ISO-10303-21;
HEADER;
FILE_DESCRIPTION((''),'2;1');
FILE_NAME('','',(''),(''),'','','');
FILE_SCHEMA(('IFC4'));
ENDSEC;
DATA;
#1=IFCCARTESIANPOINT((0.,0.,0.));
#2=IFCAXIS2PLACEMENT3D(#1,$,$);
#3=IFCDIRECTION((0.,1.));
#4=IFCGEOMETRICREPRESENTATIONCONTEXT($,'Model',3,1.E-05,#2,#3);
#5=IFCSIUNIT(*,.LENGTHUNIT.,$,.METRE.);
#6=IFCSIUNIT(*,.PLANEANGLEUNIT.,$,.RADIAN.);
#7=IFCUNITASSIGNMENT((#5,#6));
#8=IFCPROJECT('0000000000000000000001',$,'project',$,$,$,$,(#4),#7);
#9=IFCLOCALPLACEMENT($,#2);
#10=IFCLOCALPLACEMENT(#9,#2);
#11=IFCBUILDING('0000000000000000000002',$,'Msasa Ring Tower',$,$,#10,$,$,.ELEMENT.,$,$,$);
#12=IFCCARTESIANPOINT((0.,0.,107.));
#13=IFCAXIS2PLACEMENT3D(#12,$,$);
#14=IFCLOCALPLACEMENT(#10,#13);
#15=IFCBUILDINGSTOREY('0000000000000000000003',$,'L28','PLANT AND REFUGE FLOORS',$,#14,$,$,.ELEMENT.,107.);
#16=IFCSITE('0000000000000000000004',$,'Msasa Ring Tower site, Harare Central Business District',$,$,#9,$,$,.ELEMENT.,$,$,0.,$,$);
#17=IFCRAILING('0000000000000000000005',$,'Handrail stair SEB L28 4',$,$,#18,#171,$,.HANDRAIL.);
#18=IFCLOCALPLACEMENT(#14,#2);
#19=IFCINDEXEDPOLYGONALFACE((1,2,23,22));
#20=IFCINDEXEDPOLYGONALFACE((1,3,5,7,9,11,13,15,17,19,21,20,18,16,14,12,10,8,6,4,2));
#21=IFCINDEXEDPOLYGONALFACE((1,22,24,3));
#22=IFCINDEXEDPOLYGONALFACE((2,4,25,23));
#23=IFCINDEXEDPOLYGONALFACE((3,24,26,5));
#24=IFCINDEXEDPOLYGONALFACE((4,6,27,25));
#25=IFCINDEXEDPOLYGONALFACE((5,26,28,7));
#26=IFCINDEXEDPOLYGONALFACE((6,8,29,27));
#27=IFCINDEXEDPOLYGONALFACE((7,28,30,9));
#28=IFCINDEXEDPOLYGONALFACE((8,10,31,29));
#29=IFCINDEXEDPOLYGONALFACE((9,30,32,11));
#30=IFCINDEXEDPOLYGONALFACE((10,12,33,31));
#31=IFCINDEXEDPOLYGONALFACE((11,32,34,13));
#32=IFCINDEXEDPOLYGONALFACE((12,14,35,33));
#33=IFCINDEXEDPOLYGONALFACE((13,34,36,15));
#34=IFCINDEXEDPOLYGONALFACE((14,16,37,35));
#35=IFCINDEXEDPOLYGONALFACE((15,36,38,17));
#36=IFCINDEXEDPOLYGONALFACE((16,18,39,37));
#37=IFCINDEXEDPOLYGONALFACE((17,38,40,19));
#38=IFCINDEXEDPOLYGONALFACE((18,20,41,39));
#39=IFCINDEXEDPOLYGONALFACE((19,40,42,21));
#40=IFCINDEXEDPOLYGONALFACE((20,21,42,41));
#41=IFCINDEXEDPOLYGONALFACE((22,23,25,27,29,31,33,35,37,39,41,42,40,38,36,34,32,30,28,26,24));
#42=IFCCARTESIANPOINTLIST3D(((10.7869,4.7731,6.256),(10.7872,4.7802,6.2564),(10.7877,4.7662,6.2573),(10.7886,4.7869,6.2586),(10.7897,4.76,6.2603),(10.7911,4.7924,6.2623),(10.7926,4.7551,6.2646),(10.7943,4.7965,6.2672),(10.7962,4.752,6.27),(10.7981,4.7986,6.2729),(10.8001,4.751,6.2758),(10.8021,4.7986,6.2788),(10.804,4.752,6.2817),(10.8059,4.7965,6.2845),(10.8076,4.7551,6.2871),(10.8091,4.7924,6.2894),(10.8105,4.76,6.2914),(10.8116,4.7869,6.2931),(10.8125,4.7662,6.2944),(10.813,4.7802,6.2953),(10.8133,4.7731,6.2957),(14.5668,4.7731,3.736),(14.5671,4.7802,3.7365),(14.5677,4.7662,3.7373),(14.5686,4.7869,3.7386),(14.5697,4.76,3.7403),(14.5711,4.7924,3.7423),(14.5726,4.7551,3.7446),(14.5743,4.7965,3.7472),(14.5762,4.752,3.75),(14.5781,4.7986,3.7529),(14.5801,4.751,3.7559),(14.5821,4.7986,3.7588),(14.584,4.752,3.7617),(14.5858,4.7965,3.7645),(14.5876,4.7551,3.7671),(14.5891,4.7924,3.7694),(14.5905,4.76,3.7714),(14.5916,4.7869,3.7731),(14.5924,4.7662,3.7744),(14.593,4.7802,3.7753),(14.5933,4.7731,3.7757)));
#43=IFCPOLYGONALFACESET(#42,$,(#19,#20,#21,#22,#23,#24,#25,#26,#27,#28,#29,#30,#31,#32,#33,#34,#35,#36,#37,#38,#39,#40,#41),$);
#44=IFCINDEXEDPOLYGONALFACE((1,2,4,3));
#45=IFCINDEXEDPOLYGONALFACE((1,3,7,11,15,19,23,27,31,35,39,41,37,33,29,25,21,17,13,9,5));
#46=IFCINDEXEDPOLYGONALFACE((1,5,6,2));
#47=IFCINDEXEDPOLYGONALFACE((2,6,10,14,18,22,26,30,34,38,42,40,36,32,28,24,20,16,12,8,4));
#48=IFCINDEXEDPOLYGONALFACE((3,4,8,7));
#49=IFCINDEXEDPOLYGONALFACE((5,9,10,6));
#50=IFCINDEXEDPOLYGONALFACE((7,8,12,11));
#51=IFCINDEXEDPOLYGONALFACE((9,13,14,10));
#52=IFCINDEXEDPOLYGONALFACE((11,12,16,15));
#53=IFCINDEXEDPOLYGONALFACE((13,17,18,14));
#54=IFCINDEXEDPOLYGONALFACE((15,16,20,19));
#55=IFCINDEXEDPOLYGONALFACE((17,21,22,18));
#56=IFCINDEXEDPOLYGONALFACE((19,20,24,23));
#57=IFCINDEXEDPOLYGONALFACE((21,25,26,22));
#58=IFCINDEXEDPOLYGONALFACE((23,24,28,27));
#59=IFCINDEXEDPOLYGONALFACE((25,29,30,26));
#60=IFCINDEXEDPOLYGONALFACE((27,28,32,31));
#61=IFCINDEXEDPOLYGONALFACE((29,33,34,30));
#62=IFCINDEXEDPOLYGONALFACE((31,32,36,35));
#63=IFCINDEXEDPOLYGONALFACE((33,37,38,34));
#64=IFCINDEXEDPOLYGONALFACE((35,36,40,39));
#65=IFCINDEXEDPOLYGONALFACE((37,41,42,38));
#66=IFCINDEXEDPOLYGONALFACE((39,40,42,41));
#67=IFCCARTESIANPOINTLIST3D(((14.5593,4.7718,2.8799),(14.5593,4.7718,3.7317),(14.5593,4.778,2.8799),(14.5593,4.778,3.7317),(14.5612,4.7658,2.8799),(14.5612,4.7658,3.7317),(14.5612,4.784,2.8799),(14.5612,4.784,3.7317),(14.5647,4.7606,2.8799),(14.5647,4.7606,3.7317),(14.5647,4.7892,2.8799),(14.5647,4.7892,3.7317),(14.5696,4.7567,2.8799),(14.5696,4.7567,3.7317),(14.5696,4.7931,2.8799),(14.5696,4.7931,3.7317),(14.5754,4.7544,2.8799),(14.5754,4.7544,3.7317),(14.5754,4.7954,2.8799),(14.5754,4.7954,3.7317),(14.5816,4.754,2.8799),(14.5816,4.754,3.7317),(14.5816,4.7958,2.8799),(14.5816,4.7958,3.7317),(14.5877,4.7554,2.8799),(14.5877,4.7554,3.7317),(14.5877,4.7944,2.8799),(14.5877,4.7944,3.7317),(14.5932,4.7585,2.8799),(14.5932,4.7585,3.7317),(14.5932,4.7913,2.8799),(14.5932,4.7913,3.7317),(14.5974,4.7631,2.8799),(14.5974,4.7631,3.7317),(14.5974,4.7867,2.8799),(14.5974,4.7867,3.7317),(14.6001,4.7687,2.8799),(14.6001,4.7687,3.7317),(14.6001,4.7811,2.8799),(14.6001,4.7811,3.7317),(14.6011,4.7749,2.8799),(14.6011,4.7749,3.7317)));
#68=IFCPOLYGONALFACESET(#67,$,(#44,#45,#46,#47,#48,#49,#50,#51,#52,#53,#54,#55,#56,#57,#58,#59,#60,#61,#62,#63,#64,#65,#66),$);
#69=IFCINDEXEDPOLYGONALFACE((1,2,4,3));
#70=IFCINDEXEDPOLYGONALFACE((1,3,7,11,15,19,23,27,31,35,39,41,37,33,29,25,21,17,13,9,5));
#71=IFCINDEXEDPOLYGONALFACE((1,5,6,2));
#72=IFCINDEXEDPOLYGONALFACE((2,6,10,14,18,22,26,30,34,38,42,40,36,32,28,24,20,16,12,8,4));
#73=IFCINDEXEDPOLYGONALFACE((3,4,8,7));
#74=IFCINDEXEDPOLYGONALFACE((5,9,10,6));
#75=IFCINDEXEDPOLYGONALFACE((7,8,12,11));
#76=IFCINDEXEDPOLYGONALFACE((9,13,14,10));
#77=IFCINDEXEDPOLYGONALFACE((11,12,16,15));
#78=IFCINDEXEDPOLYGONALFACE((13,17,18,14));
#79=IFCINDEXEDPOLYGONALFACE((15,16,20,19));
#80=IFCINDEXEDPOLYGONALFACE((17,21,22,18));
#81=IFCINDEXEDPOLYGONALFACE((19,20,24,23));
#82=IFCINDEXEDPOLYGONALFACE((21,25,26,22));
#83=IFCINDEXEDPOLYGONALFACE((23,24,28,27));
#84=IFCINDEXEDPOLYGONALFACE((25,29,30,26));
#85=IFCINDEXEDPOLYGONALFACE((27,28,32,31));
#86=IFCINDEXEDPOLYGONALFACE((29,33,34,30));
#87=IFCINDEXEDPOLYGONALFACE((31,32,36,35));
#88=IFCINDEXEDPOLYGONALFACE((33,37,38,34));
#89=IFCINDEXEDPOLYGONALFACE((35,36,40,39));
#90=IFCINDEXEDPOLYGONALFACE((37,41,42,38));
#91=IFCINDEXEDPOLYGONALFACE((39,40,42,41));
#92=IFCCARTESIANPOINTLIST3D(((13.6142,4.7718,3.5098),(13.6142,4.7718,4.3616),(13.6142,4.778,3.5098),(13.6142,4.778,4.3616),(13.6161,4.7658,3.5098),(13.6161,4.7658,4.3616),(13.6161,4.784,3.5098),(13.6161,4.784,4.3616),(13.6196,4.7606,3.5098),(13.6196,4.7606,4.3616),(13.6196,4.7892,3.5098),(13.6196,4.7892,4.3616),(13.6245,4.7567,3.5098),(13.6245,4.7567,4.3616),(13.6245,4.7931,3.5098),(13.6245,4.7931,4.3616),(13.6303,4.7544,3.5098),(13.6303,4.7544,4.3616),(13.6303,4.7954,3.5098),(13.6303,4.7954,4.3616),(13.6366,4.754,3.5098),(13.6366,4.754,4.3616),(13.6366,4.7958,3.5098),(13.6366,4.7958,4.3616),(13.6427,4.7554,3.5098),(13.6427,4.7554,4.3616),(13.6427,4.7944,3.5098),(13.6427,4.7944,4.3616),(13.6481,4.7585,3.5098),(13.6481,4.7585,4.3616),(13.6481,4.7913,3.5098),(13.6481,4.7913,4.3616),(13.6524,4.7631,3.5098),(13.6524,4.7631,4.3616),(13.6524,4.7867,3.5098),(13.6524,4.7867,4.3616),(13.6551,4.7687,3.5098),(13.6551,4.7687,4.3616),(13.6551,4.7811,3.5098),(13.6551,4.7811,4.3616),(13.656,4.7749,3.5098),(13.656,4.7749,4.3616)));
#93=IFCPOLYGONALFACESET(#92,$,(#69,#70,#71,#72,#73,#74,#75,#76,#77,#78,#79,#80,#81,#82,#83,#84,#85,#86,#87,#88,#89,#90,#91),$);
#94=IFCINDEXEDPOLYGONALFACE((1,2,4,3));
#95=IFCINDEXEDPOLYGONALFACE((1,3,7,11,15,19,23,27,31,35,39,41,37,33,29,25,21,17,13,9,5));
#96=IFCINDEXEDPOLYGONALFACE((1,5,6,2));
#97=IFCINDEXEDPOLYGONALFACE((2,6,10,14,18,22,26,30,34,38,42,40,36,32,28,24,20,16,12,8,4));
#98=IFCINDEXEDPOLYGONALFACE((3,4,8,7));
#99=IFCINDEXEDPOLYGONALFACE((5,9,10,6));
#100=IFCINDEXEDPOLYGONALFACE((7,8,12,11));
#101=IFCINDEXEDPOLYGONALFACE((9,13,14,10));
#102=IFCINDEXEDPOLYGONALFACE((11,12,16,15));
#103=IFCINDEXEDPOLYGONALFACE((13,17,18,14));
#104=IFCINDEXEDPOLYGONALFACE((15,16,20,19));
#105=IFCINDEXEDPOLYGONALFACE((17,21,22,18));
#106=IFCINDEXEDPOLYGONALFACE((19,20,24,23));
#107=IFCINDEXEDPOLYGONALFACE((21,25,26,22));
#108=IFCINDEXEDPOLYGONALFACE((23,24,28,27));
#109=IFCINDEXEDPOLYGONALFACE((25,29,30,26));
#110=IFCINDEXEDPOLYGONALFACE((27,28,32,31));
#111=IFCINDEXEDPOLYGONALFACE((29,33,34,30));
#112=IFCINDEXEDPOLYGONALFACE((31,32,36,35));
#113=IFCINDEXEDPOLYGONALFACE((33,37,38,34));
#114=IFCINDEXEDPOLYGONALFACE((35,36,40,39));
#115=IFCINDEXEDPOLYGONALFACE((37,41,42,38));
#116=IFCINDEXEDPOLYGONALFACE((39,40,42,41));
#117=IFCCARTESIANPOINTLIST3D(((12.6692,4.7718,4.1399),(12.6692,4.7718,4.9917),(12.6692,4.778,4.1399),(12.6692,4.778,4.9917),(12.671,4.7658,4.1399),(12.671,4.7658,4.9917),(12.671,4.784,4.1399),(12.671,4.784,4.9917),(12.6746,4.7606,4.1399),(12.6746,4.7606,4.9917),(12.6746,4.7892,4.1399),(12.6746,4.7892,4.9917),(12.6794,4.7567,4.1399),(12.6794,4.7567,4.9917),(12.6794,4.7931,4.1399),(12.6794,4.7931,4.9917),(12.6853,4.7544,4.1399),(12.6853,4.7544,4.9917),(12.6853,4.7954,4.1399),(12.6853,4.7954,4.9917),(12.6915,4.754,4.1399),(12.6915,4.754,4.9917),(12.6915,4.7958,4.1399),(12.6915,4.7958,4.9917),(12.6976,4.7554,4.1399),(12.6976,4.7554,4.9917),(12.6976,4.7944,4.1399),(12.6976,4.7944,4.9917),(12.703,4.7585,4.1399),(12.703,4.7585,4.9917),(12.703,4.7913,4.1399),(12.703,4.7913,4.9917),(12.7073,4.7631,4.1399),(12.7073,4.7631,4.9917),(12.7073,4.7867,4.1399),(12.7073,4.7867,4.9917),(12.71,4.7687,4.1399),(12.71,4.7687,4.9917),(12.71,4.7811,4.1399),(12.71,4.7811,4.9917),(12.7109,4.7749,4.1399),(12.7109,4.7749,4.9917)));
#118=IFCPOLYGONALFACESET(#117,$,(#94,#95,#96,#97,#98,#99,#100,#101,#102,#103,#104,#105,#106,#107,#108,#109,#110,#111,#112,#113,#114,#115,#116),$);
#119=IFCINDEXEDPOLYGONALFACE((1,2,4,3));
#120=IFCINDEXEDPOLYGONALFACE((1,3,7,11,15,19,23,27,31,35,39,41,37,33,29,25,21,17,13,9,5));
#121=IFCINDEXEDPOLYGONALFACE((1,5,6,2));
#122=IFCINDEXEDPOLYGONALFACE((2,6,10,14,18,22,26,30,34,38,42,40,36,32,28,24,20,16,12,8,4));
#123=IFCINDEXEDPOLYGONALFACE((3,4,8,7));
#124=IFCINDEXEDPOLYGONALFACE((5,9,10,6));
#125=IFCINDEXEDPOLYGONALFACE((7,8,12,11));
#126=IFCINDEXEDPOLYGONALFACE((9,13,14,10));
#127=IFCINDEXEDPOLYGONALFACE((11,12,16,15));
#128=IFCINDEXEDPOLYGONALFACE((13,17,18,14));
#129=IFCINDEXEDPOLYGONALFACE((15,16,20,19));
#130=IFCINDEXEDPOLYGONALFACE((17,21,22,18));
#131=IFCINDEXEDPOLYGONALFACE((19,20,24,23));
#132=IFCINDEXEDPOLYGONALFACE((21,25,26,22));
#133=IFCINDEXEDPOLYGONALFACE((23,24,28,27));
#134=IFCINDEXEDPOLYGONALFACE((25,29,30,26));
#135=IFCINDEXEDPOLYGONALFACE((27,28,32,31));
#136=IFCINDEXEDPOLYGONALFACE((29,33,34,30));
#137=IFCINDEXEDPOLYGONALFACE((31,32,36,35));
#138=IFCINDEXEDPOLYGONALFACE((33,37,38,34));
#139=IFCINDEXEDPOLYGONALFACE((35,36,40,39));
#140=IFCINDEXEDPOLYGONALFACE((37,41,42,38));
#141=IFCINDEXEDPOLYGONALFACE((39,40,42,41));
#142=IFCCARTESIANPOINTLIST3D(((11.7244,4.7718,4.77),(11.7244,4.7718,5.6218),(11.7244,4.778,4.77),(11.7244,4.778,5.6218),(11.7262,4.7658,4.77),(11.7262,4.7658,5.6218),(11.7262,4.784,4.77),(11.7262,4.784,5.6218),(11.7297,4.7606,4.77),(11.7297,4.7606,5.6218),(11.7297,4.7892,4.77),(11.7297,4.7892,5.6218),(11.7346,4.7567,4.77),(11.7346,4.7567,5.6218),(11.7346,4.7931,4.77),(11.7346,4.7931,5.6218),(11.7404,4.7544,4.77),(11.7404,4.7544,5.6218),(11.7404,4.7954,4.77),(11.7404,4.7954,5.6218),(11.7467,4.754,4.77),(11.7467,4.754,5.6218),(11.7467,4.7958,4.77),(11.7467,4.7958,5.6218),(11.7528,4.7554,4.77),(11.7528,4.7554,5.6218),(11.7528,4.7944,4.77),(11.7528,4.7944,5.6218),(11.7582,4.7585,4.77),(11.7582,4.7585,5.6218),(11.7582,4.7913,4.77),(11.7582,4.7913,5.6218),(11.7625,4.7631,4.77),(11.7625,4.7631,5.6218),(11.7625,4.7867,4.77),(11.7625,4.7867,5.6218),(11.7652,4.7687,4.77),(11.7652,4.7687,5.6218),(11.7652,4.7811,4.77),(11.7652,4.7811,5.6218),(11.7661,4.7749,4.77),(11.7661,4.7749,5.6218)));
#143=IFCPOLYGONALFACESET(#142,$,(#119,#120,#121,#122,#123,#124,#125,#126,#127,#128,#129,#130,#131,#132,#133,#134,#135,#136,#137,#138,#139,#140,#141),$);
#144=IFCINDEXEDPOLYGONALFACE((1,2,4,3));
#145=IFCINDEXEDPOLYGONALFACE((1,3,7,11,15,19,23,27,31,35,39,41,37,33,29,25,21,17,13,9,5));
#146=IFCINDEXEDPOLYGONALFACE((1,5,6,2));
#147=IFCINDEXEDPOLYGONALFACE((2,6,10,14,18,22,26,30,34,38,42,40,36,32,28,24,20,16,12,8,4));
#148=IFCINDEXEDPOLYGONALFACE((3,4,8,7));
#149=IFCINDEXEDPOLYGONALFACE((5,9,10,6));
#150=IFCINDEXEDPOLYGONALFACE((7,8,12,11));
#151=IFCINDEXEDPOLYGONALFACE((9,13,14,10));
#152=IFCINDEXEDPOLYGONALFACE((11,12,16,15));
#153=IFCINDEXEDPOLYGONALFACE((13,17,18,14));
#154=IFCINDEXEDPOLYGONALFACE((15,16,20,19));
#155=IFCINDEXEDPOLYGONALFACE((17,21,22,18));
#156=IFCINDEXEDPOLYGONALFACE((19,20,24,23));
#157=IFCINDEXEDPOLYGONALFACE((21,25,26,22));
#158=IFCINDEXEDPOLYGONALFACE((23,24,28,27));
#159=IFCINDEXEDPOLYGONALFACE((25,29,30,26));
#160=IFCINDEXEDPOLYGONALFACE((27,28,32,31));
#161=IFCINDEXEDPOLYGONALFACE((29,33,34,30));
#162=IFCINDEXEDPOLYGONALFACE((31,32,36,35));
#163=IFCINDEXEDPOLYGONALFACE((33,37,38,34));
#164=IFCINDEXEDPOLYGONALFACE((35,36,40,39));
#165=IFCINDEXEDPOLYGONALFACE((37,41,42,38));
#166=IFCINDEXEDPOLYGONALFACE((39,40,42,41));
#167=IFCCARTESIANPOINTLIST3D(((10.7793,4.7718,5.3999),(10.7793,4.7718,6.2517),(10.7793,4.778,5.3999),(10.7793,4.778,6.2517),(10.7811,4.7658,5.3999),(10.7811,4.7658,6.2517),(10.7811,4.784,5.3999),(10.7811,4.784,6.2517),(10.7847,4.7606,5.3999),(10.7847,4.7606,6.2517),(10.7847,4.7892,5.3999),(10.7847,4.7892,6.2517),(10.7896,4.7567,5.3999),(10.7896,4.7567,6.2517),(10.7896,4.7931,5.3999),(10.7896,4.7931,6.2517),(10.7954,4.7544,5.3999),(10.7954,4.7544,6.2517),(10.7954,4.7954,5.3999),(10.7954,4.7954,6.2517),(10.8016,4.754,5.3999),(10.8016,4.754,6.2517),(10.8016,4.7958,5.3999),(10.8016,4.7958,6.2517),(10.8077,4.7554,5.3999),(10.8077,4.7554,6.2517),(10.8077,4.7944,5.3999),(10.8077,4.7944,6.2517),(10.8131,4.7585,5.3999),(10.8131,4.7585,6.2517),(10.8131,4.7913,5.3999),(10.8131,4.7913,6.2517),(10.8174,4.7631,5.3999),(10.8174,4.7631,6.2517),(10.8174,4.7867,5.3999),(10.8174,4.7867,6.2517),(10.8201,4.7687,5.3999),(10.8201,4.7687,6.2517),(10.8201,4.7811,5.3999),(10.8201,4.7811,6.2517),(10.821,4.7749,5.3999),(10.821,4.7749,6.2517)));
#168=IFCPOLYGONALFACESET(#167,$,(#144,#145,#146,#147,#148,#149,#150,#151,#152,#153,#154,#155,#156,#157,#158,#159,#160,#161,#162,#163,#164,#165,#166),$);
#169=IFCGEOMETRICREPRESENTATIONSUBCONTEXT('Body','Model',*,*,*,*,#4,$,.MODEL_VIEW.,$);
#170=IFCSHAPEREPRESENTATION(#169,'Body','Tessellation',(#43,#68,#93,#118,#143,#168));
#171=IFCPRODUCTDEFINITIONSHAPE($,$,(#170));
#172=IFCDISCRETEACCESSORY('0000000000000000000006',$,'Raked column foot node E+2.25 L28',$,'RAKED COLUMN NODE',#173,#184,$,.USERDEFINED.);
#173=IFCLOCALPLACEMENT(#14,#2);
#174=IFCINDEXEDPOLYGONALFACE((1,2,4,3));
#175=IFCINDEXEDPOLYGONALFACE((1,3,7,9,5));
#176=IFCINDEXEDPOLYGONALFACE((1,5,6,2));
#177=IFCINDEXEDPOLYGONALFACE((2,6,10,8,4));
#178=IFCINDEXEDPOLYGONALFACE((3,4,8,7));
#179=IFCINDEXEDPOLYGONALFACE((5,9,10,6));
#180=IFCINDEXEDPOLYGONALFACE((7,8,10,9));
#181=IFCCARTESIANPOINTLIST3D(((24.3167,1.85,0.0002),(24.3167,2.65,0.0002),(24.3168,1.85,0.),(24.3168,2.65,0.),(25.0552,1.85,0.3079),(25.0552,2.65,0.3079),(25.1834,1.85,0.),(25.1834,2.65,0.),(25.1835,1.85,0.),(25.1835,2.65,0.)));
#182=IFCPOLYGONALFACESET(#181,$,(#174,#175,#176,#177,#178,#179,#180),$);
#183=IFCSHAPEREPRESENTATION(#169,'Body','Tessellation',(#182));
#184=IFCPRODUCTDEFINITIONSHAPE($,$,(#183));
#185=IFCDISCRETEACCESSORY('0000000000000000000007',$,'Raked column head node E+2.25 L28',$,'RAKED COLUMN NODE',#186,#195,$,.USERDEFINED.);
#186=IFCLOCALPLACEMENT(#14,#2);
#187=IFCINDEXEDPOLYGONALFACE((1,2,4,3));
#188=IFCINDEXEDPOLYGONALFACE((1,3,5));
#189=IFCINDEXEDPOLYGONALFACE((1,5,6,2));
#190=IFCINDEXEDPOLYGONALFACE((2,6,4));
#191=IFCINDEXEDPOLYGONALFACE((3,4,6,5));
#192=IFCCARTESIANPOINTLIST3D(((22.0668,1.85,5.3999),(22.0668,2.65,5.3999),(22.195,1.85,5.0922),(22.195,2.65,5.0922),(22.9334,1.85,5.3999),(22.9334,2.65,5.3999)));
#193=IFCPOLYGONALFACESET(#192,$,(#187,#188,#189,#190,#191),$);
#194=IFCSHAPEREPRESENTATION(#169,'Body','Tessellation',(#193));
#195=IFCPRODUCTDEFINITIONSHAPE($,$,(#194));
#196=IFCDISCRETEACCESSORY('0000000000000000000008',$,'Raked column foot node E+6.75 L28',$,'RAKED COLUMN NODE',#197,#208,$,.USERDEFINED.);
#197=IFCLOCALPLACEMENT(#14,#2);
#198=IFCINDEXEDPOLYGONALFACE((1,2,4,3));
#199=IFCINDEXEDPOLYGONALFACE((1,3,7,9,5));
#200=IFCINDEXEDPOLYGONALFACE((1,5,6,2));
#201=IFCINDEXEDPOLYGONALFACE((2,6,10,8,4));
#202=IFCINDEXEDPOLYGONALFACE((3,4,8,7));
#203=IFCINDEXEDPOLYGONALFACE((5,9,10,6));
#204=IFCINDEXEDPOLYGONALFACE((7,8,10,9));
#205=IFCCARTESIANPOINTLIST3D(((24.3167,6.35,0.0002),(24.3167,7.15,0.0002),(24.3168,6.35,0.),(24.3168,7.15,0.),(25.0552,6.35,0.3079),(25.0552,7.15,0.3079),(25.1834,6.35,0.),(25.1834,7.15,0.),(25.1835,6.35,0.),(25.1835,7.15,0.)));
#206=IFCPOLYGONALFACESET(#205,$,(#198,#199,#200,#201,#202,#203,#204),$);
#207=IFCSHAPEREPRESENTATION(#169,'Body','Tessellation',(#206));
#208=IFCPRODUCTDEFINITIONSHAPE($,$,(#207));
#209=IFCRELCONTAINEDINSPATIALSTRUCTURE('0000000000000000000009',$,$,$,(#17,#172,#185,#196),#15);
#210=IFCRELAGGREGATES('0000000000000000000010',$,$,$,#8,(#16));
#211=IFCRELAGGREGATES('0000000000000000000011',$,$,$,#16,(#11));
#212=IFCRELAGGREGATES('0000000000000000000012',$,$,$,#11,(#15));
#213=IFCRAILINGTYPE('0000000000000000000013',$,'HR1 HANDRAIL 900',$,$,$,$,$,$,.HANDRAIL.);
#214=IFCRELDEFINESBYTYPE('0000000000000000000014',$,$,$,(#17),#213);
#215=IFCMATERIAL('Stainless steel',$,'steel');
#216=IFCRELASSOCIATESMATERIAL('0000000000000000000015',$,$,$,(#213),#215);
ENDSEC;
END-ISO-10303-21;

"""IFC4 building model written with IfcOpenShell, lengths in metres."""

from ifc_helpers import new_model, si_unit, direction, frame, origin, origin_2d, place, context, subcontext, project, spatial, rectangle, circle, extrude, clip, halfspace, material, type_object, element, save


model = new_model("IFC4")

# Units and contexts
model_context = context("Model", 3, precision=1e-05, world=origin(), true_north=direction((0.0, 1.0)))
body_context = subcontext(model_context, "Body", "Model", "MODEL_VIEW")
ifc_project = project(units=[si_unit("LENGTHUNIT", "METRE"), si_unit("PLANEANGLEUNIT", "RADIAN")], contexts=[model_context])

# Site, building, storey
site_placement = place(None, origin())
site = spatial("IfcSite", under=ifc_project, at=site_placement, Name="Msasa Ring Tower site, Harare Central Business District", CompositionType="ELEMENT", RefElevation=0.0)
building_placement = place(site_placement, origin())
building = spatial("IfcBuilding", under=site, at=building_placement, Name="Msasa Ring Tower", CompositionType="ELEMENT")
storey_placement = place(building_placement, frame((0.0, 0.0, 107.0)))
storey = spatial("IfcBuildingStorey", under=building, at=storey_placement, Name="L28", Description="PLANT AND REFUGE FLOORS", CompositionType="ELEMENT", Elevation=107.0)

# Railing
ifc_material_1 = material(Name="Stainless steel", Category="steel")
railing_type = type_object("IfcRailingType", Name="HR1 HANDRAIL 900", PredefinedType="HANDRAIL", material=ifc_material_1)
for number, where, name in (
    (1, (14.5801, 4.7749, 2.8799), "Handrail stair SEB L28 4"),
):
    element("IfcRailing", number, at=place(storey_placement, frame(where)), inside=storey, type_object=railing_type, Name=name, PredefinedType="HANDRAIL", context=body_context, shape_type="SweptSolid", body=[
        extrude(circle(Radius=0.0239, at=origin_2d()), frame((0.0, 0.0, 0.876), z_axis=(-0.83205, 0.0, 0.5547), x_axis=(0.0, -1.0, 0.0)), (0.0, 0.0, 1.0), 4.543),
        extrude(circle(Radius=0.021, at=origin_2d()), origin(), (0.0, 0.0, 1.0), 0.8518),
        extrude(circle(Radius=0.021, at=origin_2d()), frame((-0.9451, 0.0, 0.6299)), (0.0, 0.0, 1.0), 0.8518),
        extrude(circle(Radius=0.021, at=origin_2d()), frame((-1.8901, 0.0, 1.26)), (0.0, 0.0, 1.0), 0.8518),
        extrude(circle(Radius=0.021, at=origin_2d()), frame((-2.835, 0.0, 1.8901)), (0.0, 0.0, 1.0), 0.8518),
        extrude(circle(Radius=0.021, at=origin_2d()), frame((-3.78, 0.0, 2.52)), (0.0, 0.0, 1.0), 0.8518),
    ])

# Discrete accessories
discrete_accessory_1_placement = place(storey_placement, frame((24.75, 2.25, 0.0)))
element("IfcDiscreteAccessory", 2, at=discrete_accessory_1_placement, inside=storey, Name="Raked column foot node E+2.25 L28", ObjectType="RAKED COLUMN NODE", PredefinedType="USERDEFINED", context=body_context, shape_type="Clipping", body=[
    clip(extrude(rectangle(XDim=0.8, YDim=0.8, at=origin_2d()), frame((0.0642, 0.0, -0.1538), z_axis=(-0.384615, 0.0, 0.923077), x_axis=(0.0, -1.0, 0.0)), (0.0, 0.0, 1.0), 0.3335), halfspace(frame((0.0, 0.0, 0.0), z_axis=(0.0, 0.0, 1.0)), True)),
])
discrete_accessory_2_placement = place(storey_placement, frame((22.5, 2.25, 5.3999)))
element("IfcDiscreteAccessory", 3, at=discrete_accessory_2_placement, inside=storey, Name="Raked column head node E+2.25 L28", ObjectType="RAKED COLUMN NODE", PredefinedType="USERDEFINED", context=body_context, shape_type="Clipping", body=[
    clip(extrude(rectangle(XDim=0.8, YDim=0.8, at=origin_2d()), frame((0.0642, 0.0, -0.1538), z_axis=(-0.384615, 0.0, 0.923077), x_axis=(0.0, -1.0, 0.0)), (0.0, 0.0, 1.0), 0.3335), halfspace(frame((0.0, 0.0, 0.0), z_axis=(0.0, 0.0, -1.0)), True)),
])
discrete_accessory_3_placement = place(storey_placement, frame((24.75, 6.75, 0.0)))
element("IfcDiscreteAccessory", 4, at=discrete_accessory_3_placement, inside=storey, Name="Raked column foot node E+6.75 L28", ObjectType="RAKED COLUMN NODE", PredefinedType="USERDEFINED", context=body_context, shape_type="Clipping", body=[
    clip(extrude(rectangle(XDim=0.8, YDim=0.8, at=origin_2d()), frame((0.0642, 0.0, -0.1538), z_axis=(-0.384615, 0.0, 0.923077), x_axis=(0.0, -1.0, 0.0)), (0.0, 0.0, 1.0), 0.3335), halfspace(frame((0.0, 0.0, 0.0), z_axis=(0.0, 0.0, 1.0)), True)),
])

save(model, "model.ifc")
